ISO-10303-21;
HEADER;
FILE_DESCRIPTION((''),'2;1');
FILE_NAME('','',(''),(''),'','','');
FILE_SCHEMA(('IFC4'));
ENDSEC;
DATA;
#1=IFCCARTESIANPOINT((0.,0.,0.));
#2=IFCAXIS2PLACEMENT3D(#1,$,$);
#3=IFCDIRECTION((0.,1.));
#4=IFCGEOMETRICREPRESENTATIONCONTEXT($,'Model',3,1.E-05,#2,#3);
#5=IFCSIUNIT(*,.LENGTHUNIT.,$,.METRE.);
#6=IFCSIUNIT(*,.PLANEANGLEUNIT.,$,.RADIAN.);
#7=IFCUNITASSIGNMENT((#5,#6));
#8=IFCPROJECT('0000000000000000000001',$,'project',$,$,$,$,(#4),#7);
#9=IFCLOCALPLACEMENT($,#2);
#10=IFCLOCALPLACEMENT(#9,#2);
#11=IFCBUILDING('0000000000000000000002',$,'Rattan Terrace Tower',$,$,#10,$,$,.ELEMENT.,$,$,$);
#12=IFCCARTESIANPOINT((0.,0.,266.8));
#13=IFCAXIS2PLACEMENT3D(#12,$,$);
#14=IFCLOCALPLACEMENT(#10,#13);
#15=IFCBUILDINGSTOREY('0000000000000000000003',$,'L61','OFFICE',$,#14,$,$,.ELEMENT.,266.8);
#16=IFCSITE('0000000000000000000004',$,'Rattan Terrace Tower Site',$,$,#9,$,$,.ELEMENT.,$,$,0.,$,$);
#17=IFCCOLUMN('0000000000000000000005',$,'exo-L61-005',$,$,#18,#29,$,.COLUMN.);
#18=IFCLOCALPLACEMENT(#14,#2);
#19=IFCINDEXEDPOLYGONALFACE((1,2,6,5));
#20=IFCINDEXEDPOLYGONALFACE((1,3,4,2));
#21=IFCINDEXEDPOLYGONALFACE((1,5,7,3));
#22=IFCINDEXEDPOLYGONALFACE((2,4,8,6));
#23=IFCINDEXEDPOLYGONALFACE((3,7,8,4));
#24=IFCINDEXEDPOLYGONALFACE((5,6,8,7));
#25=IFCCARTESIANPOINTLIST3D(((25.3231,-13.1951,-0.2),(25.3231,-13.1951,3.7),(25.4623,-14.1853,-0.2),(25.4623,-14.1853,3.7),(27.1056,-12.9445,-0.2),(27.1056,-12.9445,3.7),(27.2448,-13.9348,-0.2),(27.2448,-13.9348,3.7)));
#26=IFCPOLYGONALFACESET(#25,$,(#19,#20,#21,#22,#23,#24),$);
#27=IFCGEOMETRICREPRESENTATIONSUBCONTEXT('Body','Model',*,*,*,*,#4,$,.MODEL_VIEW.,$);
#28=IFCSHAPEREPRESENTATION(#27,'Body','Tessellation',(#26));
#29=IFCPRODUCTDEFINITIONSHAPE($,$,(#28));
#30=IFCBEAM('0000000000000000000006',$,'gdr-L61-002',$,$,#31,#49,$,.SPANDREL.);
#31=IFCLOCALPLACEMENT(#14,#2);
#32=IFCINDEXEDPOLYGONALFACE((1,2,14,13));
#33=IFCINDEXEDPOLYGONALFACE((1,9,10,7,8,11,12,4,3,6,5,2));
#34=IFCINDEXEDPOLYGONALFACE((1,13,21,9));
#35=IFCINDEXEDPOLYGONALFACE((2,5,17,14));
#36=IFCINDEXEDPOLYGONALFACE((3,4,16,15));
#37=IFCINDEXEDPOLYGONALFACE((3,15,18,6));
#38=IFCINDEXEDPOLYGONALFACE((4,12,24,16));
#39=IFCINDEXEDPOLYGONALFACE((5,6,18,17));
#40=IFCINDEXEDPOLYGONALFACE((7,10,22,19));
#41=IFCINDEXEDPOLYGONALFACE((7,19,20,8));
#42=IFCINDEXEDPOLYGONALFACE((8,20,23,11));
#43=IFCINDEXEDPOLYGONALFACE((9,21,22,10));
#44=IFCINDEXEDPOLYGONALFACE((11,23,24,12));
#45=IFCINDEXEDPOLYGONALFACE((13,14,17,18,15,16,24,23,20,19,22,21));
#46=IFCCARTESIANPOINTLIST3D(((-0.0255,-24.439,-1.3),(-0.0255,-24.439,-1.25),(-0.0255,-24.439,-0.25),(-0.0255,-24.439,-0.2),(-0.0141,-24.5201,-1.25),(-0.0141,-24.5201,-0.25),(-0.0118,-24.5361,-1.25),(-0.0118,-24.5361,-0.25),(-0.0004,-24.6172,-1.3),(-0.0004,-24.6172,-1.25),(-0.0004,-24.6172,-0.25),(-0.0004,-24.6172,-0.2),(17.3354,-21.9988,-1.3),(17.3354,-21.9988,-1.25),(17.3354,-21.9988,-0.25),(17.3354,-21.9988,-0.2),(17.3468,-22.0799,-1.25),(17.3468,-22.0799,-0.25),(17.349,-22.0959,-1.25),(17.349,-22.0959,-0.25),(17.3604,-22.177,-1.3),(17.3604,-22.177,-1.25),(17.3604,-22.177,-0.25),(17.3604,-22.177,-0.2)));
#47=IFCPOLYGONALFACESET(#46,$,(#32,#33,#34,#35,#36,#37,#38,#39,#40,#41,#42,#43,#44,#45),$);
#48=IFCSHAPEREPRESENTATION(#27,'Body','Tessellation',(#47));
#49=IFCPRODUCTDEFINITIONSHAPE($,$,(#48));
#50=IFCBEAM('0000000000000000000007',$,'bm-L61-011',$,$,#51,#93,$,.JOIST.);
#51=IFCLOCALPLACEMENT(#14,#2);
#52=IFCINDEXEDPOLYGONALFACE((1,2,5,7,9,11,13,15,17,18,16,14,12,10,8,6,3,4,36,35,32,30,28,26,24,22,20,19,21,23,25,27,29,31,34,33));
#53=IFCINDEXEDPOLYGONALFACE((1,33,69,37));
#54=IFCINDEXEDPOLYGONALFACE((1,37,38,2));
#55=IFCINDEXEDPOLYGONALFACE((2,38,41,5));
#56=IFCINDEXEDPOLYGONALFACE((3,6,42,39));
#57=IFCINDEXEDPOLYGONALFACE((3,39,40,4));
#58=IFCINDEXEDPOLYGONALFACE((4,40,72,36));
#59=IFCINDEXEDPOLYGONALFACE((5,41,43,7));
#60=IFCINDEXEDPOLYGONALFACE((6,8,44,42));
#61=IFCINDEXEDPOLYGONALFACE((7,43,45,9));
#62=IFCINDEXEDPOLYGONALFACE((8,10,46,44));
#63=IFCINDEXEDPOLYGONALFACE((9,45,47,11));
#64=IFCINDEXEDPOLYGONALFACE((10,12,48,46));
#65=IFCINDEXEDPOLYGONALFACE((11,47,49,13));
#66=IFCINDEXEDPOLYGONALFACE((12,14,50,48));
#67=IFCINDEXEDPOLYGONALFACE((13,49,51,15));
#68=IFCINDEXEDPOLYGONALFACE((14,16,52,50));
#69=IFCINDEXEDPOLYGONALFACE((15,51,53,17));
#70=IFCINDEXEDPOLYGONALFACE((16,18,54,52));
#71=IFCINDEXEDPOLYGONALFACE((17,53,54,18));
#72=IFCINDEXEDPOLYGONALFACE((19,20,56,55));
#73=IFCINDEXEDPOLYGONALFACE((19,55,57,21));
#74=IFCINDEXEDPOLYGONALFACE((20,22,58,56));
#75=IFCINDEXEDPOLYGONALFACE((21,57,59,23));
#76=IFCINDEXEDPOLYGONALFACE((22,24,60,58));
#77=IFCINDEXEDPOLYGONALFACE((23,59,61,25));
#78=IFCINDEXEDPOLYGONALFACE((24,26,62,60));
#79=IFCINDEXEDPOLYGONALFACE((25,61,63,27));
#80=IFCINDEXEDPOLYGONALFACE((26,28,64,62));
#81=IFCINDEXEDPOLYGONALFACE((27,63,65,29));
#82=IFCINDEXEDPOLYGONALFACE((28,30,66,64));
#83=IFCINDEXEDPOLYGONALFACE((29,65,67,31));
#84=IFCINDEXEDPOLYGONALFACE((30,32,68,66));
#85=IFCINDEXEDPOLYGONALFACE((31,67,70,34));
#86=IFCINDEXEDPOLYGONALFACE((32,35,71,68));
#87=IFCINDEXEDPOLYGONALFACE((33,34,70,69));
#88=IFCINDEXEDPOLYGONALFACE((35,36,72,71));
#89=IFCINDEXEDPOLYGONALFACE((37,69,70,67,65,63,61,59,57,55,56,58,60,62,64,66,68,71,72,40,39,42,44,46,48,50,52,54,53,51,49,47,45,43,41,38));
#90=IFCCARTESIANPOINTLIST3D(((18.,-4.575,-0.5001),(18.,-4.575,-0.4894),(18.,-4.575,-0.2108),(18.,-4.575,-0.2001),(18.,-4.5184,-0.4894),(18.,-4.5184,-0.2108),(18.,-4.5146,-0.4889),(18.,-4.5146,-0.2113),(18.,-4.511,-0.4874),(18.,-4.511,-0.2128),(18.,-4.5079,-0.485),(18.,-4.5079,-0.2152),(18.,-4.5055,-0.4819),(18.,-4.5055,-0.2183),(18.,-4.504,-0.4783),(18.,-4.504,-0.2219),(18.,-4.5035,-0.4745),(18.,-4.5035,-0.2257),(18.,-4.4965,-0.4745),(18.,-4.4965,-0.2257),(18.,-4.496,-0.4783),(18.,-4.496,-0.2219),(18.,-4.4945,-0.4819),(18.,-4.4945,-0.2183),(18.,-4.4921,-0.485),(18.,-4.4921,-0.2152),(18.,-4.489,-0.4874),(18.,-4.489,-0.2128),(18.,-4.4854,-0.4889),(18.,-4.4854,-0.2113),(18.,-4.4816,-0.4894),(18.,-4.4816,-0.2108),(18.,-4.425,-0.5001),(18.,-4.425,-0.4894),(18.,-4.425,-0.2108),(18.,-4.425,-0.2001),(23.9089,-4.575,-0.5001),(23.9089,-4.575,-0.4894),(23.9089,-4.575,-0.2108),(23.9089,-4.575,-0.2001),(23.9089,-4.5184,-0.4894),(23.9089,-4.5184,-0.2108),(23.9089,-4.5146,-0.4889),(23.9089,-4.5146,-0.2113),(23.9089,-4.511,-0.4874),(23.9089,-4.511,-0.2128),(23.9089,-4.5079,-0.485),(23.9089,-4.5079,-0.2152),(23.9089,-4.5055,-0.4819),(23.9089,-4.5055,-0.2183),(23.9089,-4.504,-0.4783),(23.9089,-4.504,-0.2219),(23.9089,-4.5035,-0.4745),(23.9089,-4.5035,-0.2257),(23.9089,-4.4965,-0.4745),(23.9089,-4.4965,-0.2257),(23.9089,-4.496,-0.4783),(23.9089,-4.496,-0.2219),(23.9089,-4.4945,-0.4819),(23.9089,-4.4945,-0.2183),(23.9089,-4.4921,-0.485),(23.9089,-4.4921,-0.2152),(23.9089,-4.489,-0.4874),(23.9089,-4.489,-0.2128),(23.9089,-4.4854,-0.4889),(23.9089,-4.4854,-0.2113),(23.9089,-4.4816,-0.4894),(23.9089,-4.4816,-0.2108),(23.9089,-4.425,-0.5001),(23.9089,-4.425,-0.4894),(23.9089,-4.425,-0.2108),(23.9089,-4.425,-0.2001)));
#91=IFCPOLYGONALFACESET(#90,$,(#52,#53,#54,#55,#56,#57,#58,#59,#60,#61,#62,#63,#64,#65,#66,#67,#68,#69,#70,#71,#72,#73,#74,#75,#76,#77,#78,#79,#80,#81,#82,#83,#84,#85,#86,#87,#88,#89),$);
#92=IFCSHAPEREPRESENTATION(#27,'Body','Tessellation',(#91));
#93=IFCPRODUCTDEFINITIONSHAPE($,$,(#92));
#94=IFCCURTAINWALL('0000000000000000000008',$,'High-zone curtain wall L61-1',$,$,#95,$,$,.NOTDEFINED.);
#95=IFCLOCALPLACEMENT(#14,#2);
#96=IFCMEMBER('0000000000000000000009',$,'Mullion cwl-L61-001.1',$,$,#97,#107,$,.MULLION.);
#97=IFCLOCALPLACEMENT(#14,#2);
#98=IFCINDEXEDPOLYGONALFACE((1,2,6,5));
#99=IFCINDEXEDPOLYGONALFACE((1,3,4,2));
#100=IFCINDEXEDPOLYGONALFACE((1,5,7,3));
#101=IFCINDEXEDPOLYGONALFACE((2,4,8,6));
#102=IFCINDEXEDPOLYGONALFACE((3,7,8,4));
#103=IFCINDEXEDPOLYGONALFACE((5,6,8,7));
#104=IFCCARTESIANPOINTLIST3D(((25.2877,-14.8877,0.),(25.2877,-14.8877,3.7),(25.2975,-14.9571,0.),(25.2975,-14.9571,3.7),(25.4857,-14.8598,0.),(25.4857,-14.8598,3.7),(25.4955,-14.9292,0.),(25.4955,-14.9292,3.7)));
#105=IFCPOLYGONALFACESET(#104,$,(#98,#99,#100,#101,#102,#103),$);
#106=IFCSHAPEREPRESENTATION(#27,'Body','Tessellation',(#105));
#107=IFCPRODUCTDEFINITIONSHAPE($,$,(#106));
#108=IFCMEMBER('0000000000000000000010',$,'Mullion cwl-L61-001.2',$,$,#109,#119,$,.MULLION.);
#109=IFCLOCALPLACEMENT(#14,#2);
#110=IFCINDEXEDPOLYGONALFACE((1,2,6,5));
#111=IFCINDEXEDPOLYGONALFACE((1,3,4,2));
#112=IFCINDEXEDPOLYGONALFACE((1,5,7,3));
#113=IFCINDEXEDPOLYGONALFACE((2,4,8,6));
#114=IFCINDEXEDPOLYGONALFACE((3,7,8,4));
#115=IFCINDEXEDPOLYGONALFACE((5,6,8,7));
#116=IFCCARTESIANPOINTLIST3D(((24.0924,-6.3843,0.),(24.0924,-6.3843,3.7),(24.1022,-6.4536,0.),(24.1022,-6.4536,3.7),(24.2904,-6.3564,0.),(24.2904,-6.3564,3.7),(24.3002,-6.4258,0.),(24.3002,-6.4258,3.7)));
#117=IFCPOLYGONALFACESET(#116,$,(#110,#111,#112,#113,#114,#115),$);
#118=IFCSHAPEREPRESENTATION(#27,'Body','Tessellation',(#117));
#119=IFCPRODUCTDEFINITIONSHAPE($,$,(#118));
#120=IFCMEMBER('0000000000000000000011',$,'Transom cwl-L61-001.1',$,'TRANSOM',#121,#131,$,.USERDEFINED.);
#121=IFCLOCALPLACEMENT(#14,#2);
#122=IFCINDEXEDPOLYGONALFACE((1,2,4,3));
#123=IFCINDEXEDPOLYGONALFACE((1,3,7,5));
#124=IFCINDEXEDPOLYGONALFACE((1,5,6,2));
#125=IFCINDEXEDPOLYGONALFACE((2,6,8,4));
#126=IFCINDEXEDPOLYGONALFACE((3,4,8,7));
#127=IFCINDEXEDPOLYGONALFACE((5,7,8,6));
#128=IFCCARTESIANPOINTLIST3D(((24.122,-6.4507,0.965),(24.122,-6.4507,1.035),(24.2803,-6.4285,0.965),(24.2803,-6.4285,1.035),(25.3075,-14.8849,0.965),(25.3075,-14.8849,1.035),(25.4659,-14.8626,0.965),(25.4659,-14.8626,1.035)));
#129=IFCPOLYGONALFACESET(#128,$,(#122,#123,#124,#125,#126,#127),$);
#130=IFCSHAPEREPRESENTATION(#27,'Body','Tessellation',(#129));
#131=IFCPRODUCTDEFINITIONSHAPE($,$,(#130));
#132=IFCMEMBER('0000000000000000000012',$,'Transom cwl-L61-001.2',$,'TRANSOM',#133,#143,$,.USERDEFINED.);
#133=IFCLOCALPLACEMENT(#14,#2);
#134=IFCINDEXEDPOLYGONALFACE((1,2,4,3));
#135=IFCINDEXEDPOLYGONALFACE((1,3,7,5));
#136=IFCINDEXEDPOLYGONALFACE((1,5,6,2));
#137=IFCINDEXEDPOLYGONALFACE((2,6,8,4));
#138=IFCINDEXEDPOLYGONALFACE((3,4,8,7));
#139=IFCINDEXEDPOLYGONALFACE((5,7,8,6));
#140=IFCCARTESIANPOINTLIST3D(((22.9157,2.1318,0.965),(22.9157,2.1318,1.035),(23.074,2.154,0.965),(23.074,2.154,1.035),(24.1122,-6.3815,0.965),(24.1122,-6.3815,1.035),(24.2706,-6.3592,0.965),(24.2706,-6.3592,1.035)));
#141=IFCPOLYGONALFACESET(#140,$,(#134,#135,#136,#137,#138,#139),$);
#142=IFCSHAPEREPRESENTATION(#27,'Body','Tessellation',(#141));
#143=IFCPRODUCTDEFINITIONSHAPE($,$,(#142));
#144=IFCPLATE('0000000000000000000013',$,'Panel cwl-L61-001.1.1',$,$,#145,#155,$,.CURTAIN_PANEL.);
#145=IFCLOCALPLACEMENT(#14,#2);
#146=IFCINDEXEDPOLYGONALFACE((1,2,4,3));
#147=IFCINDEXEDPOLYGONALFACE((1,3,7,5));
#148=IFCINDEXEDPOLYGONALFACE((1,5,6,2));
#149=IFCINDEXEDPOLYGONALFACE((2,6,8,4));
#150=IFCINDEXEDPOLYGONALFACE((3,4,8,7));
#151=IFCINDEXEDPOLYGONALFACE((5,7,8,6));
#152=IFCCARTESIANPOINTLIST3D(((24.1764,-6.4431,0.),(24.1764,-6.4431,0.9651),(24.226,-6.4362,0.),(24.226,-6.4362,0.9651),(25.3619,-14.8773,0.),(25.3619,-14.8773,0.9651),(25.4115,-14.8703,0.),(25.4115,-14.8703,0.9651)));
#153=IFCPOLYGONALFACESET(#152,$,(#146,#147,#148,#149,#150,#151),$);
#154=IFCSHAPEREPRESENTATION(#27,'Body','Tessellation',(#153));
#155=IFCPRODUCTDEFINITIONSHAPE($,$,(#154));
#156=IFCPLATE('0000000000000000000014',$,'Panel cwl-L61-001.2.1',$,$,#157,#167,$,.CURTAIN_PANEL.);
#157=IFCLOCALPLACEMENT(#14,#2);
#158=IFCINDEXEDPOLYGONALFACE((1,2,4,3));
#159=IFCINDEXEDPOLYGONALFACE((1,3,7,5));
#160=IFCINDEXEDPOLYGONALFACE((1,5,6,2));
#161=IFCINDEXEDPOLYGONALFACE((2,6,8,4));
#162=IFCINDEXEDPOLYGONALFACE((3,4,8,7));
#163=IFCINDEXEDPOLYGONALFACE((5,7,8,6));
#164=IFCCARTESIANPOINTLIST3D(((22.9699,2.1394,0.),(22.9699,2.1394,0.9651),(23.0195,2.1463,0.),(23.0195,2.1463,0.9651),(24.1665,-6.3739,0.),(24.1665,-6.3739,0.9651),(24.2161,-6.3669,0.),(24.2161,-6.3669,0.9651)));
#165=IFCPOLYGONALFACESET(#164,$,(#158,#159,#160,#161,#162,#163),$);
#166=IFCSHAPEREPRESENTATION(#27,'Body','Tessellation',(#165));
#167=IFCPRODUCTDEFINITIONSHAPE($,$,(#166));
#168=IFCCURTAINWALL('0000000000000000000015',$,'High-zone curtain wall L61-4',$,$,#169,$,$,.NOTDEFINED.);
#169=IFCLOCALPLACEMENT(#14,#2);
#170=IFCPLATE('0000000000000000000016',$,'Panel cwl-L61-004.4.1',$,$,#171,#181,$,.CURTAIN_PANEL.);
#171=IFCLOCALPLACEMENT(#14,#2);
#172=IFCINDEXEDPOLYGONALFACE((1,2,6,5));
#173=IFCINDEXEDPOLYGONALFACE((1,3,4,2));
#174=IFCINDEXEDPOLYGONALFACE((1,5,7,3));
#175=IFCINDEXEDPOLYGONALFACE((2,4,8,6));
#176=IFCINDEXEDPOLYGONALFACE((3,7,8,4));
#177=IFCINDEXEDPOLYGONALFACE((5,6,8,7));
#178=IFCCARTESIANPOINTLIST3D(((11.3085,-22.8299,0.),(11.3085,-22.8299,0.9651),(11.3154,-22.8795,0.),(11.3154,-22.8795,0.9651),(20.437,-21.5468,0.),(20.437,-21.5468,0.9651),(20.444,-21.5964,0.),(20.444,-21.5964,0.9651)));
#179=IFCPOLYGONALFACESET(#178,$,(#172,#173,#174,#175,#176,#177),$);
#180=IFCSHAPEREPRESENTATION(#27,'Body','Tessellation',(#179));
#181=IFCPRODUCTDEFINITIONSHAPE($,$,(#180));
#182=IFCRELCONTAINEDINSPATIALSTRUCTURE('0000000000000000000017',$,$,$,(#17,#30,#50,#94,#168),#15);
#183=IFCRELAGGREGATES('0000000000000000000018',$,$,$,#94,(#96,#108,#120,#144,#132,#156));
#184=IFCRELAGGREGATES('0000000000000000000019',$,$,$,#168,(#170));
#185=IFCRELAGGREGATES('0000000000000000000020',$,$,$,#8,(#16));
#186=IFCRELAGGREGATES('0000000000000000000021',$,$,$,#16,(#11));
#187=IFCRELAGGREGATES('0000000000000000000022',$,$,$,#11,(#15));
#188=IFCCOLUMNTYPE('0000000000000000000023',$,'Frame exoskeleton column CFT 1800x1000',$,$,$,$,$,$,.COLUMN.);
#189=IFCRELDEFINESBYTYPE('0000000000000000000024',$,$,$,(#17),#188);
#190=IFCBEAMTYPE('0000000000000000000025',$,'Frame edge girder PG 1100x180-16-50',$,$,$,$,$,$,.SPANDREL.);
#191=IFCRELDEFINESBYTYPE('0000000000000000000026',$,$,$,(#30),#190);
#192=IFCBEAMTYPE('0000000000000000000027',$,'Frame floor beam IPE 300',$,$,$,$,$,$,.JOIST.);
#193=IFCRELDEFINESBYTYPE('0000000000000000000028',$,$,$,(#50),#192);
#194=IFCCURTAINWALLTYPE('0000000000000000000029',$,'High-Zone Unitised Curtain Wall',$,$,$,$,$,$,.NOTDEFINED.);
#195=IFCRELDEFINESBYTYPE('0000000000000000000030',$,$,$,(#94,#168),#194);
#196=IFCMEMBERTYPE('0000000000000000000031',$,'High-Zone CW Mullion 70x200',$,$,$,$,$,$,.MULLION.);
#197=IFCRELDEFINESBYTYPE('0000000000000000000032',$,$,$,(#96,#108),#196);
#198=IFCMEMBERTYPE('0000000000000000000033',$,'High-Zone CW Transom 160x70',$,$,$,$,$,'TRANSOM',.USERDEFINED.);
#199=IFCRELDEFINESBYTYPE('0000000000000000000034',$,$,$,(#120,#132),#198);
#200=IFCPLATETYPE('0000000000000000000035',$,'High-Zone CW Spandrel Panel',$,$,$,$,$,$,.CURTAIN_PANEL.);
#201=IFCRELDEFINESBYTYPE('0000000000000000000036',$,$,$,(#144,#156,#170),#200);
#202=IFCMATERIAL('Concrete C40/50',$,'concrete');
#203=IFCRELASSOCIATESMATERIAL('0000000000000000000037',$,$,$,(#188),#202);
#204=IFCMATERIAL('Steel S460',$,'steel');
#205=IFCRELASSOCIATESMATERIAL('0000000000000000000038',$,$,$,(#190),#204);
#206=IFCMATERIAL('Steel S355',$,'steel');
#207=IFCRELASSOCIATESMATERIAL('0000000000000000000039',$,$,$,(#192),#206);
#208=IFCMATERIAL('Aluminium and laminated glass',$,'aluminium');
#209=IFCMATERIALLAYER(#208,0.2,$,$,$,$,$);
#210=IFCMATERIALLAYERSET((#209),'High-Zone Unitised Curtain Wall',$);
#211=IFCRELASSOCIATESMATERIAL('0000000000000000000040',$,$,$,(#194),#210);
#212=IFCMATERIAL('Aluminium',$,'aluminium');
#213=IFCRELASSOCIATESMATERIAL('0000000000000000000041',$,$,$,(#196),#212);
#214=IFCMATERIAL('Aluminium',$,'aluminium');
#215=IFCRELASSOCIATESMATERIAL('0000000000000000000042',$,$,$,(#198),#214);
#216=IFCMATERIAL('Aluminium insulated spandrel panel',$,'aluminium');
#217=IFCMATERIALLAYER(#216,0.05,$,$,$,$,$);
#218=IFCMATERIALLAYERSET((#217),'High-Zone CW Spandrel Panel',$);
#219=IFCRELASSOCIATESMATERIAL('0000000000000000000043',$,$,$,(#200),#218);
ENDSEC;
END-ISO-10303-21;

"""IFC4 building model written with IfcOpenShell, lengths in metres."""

from ifc_helpers import new_model, si_unit, direction, frame, origin, origin_2d, place, context, subcontext, project, spatial, rectangle, i_section, extrude, material, layer, layer_set, material_profile, profile_set, type_object, element, aggregate, save


model = new_model("IFC4")

# Units and contexts
model_context = context("Model", 3, precision=1e-05, world=origin(), true_north=direction((0.0, 1.0)))
body_context = subcontext(model_context, "Body", "Model", "MODEL_VIEW")
ifc_project = project(units=[si_unit("LENGTHUNIT", "METRE"), si_unit("PLANEANGLEUNIT", "RADIAN")], contexts=[model_context])

# Site, building, storey
site_placement = place(None, origin())
site = spatial("IfcSite", under=ifc_project, at=site_placement, Name="Rattan Terrace Tower Site", CompositionType="ELEMENT", RefElevation=0.0)
building_placement = place(site_placement, origin())
building = spatial("IfcBuilding", under=site, at=building_placement, Name="Rattan Terrace Tower", CompositionType="ELEMENT")
storey_placement = place(building_placement, frame((0.0, 0.0, 266.8)))
storey = spatial("IfcBuildingStorey", under=building, at=storey_placement, Name="L61", Description="OFFICE", CompositionType="ELEMENT", Elevation=266.8)

# Column
ifc_material_1 = material(Name="Concrete C40/50", Category="concrete")
ifc_material_profile_1 = material_profile(ifc_material_1, rectangle(XDim=1.0, YDim=1.8, at=origin_2d()), Name="CFT 1800x1000")
ifc_profile_set_1 = profile_set([ifc_material_profile_1], Name="Concrete C40/50")
column_type = type_object("IfcColumnType", Name="Frame exoskeleton column CFT 1800x1000", PredefinedType="COLUMN", material=ifc_profile_set_1)
column_placement = place(storey_placement, frame((26.2839, -13.5649, -0.2), z_axis=(0.0, 0.0, 1.0), x_axis=(-0.13919, 0.990266, 0.0)))
element("IfcColumn", 1, at=column_placement, inside=storey, type_object=column_type, Name="exo-L61-005", PredefinedType="COLUMN", context=body_context, shape_type="SweptSolid", body=[
    extrude(rectangle(XDim=1.0, YDim=1.8, at=origin_2d()), origin(), (0.0, 0.0, 1.0), 3.8999),
])

# Beams
ifc_material_2 = material(Name="Steel S460", Category="steel")
ifc_material_profile_2 = material_profile(ifc_material_2, i_section(OverallWidth=0.1799, OverallDepth=1.1001, WebThickness=0.0161, FlangeThickness=0.05, at=origin_2d()), Name="PG 1100x180-16-50")
ifc_profile_set_2 = profile_set([ifc_material_profile_2], Name="Steel S460")
beam_type_1 = type_object("IfcBeamType", Name="Frame edge girder PG 1100x180-16-50", PredefinedType="SPANDREL", material=ifc_profile_set_2)
beam_1_placement = place(storey_placement, frame((17.3479, -22.0879, -0.75), z_axis=(-0.990266, -0.139189, 0.0), x_axis=(0.139189, -0.990266, 0.0)))
element("IfcBeam", 2, at=beam_1_placement, inside=storey, type_object=beam_type_1, Name="gdr-L61-002", PredefinedType="SPANDREL", context=body_context, shape_type="SweptSolid", body=[
    extrude(i_section(OverallWidth=0.1799, OverallDepth=1.1001, WebThickness=0.0161, FlangeThickness=0.05, at=origin_2d()), origin(), (0.0, 0.0, 1.0), 17.5315),
])
ifc_material_3 = material(Name="Steel S355", Category="steel")
ifc_material_profile_3 = material_profile(ifc_material_3, i_section(OverallWidth=0.1499, OverallDepth=0.3, WebThickness=0.0071, FlangeThickness=0.0107, FilletRadius=0.0149, at=origin_2d()), Name="IPE 300")
ifc_profile_set_3 = profile_set([ifc_material_profile_3], Name="Steel S355")
beam_type_2 = type_object("IfcBeamType", Name="Frame floor beam IPE 300", PredefinedType="JOIST", material=ifc_profile_set_3)
beam_2_placement = place(storey_placement, frame((18.0, -4.5, -0.3501), z_axis=(1.0, 0.0, 0.0), x_axis=(0.0, 1.0, 0.0)))
element("IfcBeam", 3, at=beam_2_placement, inside=storey, type_object=beam_type_2, Name="bm-L61-011", PredefinedType="JOIST", context=body_context, shape_type="SweptSolid", body=[
    extrude(i_section(OverallWidth=0.1499, OverallDepth=0.3, WebThickness=0.0071, FlangeThickness=0.0107, FilletRadius=0.0149, at=origin_2d()), origin(), (0.0, 0.0, 1.0), 5.9089),
])

# Curtain wall, members, plates
ifc_material_4 = material(Name="Aluminium and laminated glass", Category="aluminium")
ifc_layer_1 = layer(ifc_material_4, 0.2)
ifc_layer_set_1 = layer_set([ifc_layer_1], Name="High-Zone Unitised Curtain Wall")
curtain_wall_type = type_object("IfcCurtainWallType", Name="High-Zone Unitised Curtain Wall", PredefinedType="NOTDEFINED", material=ifc_layer_set_1)
curtain_wall_1_placement = place(storey_placement, origin())
curtain_wall_1 = element("IfcCurtainWall", 4, at=curtain_wall_1_placement, inside=storey, type_object=curtain_wall_type, Name="High-zone curtain wall L61-1", PredefinedType="NOTDEFINED")
ifc_material_5 = material(Name="Aluminium", Category="aluminium")
ifc_material_profile_4 = material_profile(ifc_material_5, rectangle(XDim=0.0701, YDim=0.2, at=origin_2d()), Name="Aluminium 70x200")
ifc_profile_set_4 = profile_set([ifc_material_profile_4], Name="Aluminium")
member_type_1 = type_object("IfcMemberType", Name="High-Zone CW Mullion 70x200", PredefinedType="MULLION", material=ifc_profile_set_4)
member_1_placement = place(storey_placement, frame((25.3916, -14.9084, 0.0), z_axis=(0.0, 0.0, 1.0), x_axis=(-0.139192, 0.990265, 0.0)))
member_1 = element("IfcMember", 5, at=member_1_placement, type_object=member_type_1, Name="Mullion cwl-L61-001.1", PredefinedType="MULLION", context=body_context, shape_type="SweptSolid", body=[
    extrude(rectangle(XDim=0.0701, YDim=0.2, at=origin_2d()), origin(), (0.0, 0.0, 1.0), 3.7),
])
member_2_placement = place(storey_placement, frame((24.1963, -6.405, 0.0), z_axis=(0.0, 0.0, 1.0), x_axis=(-0.139192, 0.990265, 0.0)))
member_2 = element("IfcMember", 6, at=member_2_placement, type_object=member_type_1, Name="Mullion cwl-L61-001.2", PredefinedType="MULLION", context=body_context, shape_type="SweptSolid", body=[
    extrude(rectangle(XDim=0.0701, YDim=0.2, at=origin_2d()), origin(), (0.0, 0.0, 1.0), 3.7),
])
ifc_material_6 = material(Name="Aluminium", Category="aluminium")
ifc_material_profile_5 = material_profile(ifc_material_6, rectangle(XDim=0.1599, YDim=0.0701, at=origin_2d()), Name="Aluminium 160x70")
ifc_profile_set_5 = profile_set([ifc_material_profile_5], Name="Aluminium")
member_type_2 = type_object("IfcMemberType", Name="High-Zone CW Transom 160x70", ElementType="TRANSOM", PredefinedType="USERDEFINED", material=ifc_profile_set_5)
member_3_placement = place(storey_placement, frame((25.3867, -14.8738, 1.0), z_axis=(-0.139198, 0.990265, 0.0), x_axis=(-0.990265, -0.139198, 0.0)))
member_3 = element("IfcMember", 7, at=member_3_placement, type_object=member_type_2, Name="Transom cwl-L61-001.1", ObjectType="TRANSOM", PredefinedType="USERDEFINED", context=body_context, shape_type="SweptSolid", body=[
    extrude(rectangle(XDim=0.1599, YDim=0.0701, at=origin_2d()), origin(), (0.0, 0.0, 1.0), 8.5171),
])
member_4_placement = place(storey_placement, frame((24.1914, -6.3704, 1.0), z_axis=(-0.139183, 0.990267, 0.0), x_axis=(-0.990267, -0.139183, 0.0)))
member_4 = element("IfcMember", 8, at=member_4_placement, type_object=member_type_2, Name="Transom cwl-L61-001.2", ObjectType="TRANSOM", PredefinedType="USERDEFINED", context=body_context, shape_type="SweptSolid", body=[
    extrude(rectangle(XDim=0.1599, YDim=0.0701, at=origin_2d()), origin(), (0.0, 0.0, 1.0), 8.5969),
])
ifc_material_7 = material(Name="Aluminium insulated spandrel panel", Category="aluminium")
ifc_layer_2 = layer(ifc_material_7, 0.05)
ifc_layer_set_2 = layer_set([ifc_layer_2], Name="High-Zone CW Spandrel Panel")
plate_type_1 = type_object("IfcPlateType", Name="High-Zone CW Spandrel Panel", PredefinedType="CURTAIN_PANEL", material=ifc_layer_set_2)
plate_1_placement = place(storey_placement, frame((24.7939, -10.6567, 0.0), z_axis=(0.0, 0.0, 1.0), x_axis=(-0.139192, 0.990265, 0.0)))
plate_1 = element("IfcPlate", 9, at=plate_1_placement, type_object=plate_type_1, Name="Panel cwl-L61-001.1.1", PredefinedType="CURTAIN_PANEL", context=body_context, shape_type="SweptSolid", body=[
    extrude(rectangle(XDim=8.5171, YDim=0.05, at=origin_2d()), origin(), (0.0, 0.0, 1.0), 0.9651),
])
plate_2_placement = place(storey_placement, frame((23.593, -2.1138, 0.0), z_axis=(0.0, 0.0, 1.0), x_axis=(-0.139192, 0.990265, 0.0)))
plate_2 = element("IfcPlate", 10, at=plate_2_placement, type_object=plate_type_1, Name="Panel cwl-L61-001.2.1", PredefinedType="CURTAIN_PANEL", context=body_context, shape_type="SweptSolid", body=[
    extrude(rectangle(XDim=8.5969, YDim=0.05, at=origin_2d()), origin(), (0.0, 0.0, 1.0), 0.9651),
])

# Curtain wall, plate
curtain_wall_2_placement = place(storey_placement, origin())
curtain_wall_2 = element("IfcCurtainWall", 11, at=curtain_wall_2_placement, inside=storey, type_object=curtain_wall_type, Name="High-zone curtain wall L61-4", PredefinedType="NOTDEFINED")
plate_3_placement = place(storey_placement, frame((15.8762, -22.2131, 0.0), z_axis=(0.0, 0.0, 1.0), x_axis=(0.990266, 0.139189, 0.0)))
plate_3 = element("IfcPlate", 12, at=plate_3_placement, type_object=plate_type_1, Name="Panel cwl-L61-004.4.1", PredefinedType="CURTAIN_PANEL", context=body_context, shape_type="SweptSolid", body=[
    extrude(rectangle(XDim=9.2183, YDim=0.05, at=origin_2d()), origin(), (0.0, 0.0, 1.0), 0.9651),
])

aggregate(curtain_wall_1, [member_1, member_2, member_3, plate_1, member_4, plate_2])
aggregate(curtain_wall_2, [plate_3])

save(model, "model.ifc")
